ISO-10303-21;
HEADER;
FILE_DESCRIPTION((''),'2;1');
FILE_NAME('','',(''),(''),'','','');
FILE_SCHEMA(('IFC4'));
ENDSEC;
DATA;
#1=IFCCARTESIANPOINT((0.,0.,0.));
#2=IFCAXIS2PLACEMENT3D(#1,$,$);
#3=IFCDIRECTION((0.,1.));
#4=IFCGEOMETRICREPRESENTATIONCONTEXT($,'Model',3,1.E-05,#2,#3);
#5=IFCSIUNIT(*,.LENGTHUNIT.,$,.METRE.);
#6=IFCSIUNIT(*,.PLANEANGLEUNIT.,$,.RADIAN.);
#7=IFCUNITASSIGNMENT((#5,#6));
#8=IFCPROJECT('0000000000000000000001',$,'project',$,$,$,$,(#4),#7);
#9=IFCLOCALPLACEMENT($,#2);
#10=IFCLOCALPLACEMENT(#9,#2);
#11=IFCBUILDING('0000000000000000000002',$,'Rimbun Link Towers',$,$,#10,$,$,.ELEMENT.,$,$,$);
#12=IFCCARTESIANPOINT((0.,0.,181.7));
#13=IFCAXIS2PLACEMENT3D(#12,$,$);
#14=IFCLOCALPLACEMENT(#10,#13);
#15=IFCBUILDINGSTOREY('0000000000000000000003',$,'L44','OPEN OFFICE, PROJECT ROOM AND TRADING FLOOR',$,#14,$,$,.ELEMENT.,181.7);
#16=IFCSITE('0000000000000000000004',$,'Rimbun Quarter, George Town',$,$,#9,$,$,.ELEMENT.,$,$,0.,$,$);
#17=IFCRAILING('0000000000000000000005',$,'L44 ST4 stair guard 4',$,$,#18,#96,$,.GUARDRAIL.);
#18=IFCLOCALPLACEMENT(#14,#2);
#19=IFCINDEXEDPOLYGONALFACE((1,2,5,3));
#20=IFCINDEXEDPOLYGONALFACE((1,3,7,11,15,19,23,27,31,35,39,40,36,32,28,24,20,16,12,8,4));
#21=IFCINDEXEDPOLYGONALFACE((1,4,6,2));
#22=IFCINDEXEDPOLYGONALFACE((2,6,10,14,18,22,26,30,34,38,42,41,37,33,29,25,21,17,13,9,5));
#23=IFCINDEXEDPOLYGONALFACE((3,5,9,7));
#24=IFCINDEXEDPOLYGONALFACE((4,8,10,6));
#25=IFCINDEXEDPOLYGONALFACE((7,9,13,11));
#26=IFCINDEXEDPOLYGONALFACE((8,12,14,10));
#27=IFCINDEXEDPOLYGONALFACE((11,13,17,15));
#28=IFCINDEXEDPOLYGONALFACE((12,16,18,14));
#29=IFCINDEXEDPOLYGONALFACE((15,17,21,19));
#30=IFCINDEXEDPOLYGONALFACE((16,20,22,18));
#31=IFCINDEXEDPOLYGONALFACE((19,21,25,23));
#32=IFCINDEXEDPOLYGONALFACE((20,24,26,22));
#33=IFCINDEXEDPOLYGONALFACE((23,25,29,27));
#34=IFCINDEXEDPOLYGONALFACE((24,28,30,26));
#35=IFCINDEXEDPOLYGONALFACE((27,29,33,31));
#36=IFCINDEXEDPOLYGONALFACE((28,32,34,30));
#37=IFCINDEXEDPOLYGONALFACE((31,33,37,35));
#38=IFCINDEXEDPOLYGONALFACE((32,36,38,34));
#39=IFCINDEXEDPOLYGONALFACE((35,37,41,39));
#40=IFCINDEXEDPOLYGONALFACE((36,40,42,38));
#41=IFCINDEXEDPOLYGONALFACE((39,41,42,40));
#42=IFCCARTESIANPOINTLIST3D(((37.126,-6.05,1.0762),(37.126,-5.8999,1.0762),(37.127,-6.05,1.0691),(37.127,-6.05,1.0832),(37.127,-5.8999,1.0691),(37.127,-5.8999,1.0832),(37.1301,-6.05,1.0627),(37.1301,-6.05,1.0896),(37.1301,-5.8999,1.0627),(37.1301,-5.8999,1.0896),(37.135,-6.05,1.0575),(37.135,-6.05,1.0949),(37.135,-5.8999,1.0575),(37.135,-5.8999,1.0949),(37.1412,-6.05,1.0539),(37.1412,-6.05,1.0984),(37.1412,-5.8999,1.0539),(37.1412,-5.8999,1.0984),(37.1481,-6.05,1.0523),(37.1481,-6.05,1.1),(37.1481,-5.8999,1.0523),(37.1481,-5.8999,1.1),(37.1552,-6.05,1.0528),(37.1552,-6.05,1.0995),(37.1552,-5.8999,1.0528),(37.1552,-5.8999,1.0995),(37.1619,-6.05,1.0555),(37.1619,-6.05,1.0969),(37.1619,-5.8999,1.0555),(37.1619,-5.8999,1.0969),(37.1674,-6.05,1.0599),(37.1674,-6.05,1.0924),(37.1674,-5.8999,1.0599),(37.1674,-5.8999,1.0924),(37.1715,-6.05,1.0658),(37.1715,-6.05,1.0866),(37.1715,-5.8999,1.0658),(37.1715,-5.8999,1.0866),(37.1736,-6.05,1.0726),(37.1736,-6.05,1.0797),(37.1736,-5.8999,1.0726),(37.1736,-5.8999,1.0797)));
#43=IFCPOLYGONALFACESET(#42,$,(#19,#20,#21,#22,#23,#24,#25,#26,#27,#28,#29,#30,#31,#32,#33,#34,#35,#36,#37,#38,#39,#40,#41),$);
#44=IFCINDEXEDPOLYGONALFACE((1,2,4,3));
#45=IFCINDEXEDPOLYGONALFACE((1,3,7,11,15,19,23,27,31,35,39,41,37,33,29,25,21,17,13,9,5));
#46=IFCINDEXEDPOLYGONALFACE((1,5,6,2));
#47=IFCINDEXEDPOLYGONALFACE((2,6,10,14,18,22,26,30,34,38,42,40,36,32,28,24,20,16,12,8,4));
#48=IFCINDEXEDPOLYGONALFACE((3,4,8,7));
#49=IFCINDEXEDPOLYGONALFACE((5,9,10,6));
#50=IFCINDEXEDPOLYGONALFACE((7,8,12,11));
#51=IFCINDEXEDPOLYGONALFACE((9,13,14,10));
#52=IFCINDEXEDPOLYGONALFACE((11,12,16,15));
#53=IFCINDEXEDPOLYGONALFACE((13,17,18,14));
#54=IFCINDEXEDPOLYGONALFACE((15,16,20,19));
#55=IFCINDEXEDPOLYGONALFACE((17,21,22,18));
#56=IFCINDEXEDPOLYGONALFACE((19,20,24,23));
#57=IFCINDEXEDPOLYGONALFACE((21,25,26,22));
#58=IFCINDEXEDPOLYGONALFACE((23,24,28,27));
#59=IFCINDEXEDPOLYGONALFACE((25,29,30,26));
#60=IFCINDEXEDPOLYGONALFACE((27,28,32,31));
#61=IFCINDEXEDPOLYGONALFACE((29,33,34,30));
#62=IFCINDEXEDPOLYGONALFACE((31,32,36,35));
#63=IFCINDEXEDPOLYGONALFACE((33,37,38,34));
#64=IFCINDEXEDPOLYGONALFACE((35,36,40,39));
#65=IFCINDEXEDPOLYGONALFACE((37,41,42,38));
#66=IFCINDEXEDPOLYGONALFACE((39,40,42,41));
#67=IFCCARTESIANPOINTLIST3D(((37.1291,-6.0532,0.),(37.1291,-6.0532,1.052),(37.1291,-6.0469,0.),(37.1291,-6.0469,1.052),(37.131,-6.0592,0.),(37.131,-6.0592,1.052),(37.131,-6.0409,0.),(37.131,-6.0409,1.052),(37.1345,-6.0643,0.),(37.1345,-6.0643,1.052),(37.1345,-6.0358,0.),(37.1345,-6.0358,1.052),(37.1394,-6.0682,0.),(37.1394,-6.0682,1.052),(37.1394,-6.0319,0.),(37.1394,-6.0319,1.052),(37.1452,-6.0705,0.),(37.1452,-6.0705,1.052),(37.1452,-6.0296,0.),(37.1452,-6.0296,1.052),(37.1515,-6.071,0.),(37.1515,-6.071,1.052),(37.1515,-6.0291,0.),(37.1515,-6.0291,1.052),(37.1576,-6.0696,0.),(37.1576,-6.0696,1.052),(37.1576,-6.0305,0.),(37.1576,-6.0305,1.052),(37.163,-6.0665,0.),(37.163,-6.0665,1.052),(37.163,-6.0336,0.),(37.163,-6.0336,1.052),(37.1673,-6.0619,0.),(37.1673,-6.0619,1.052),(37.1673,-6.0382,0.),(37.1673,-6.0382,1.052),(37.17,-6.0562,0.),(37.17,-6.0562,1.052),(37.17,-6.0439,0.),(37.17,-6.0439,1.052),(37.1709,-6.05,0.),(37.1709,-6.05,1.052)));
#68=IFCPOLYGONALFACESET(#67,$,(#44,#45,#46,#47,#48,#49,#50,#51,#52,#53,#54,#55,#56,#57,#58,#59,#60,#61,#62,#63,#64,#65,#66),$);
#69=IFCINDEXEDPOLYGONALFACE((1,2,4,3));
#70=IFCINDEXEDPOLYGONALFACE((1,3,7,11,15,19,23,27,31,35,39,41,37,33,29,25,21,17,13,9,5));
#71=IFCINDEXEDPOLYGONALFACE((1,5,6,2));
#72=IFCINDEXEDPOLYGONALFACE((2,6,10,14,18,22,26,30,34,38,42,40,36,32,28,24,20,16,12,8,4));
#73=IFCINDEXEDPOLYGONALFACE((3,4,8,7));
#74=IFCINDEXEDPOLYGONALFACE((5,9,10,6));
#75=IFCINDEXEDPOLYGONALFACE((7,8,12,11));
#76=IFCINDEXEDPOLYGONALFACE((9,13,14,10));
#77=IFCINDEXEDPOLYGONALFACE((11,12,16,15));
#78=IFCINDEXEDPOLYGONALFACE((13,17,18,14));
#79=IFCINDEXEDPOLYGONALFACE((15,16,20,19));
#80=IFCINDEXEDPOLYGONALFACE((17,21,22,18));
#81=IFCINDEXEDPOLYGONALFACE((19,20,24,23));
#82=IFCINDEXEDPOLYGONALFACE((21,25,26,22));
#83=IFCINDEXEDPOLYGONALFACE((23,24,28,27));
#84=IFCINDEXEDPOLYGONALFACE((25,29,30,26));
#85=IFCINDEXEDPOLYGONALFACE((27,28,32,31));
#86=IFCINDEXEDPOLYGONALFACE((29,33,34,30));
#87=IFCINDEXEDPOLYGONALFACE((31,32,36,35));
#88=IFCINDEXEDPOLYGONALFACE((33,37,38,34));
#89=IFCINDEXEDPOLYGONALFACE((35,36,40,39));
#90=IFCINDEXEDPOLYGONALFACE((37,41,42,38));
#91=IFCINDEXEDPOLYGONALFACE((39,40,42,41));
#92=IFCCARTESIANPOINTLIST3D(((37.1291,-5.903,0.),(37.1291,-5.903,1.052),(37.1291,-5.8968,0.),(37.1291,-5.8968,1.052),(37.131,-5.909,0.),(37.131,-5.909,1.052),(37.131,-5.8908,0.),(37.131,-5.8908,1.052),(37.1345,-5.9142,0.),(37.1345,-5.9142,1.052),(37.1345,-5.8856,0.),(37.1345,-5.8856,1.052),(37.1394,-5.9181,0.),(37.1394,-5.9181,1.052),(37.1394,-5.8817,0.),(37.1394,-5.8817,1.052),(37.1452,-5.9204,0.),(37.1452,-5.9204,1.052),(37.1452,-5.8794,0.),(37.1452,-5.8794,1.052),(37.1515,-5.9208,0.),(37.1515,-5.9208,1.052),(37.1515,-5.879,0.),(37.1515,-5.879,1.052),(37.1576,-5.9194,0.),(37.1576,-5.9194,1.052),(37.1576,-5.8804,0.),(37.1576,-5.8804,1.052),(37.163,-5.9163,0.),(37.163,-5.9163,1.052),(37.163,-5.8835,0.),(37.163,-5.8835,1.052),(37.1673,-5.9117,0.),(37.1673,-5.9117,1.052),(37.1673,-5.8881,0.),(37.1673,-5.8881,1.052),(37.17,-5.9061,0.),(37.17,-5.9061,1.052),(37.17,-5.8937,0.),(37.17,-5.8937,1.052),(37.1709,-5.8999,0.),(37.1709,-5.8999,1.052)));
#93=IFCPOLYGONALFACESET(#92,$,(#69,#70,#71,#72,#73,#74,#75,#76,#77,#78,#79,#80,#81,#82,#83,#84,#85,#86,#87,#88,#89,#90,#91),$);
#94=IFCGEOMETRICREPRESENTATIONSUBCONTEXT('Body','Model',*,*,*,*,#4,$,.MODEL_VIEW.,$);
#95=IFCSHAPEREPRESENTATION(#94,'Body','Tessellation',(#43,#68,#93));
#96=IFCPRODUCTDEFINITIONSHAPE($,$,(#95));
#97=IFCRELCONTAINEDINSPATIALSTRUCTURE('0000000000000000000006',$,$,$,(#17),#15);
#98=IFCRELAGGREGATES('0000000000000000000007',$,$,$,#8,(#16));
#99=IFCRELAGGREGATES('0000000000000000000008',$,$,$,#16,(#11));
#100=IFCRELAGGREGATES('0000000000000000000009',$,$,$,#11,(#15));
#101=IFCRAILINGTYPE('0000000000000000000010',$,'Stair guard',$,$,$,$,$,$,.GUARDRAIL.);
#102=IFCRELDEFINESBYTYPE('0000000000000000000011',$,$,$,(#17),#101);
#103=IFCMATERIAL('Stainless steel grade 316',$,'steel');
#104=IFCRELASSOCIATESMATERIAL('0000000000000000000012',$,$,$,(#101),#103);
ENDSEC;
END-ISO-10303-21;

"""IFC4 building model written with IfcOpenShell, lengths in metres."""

from ifc_helpers import new_model, si_unit, direction, frame, origin, origin_2d, place, context, subcontext, project, spatial, circle, extrude, material, type_object, element, save


model = new_model("IFC4")

# Units and contexts
model_context = context("Model", 3, precision=1e-05, world=origin(), true_north=direction((0.0, 1.0)))
body_context = subcontext(model_context, "Body", "Model", "MODEL_VIEW")
ifc_project = project(units=[si_unit("LENGTHUNIT", "METRE"), si_unit("PLANEANGLEUNIT", "RADIAN")], contexts=[model_context])

# Site, building, storey
site_placement = place(None, origin())
site = spatial("IfcSite", under=ifc_project, at=site_placement, Name="Rimbun Quarter, George Town", CompositionType="ELEMENT", RefElevation=0.0)
building_placement = place(site_placement, origin())
building = spatial("IfcBuilding", under=site, at=building_placement, Name="Rimbun Link Towers", CompositionType="ELEMENT")
storey_placement = place(building_placement, frame((0.0, 0.0, 181.7)))
storey = spatial("IfcBuildingStorey", under=building, at=storey_placement, Name="L44", Description="OPEN OFFICE, PROJECT ROOM AND TRADING FLOOR", CompositionType="ELEMENT", Elevation=181.7)

# Railing
ifc_material_1 = material(Name="Stainless steel grade 316", Category="steel")
railing_type_1 = type_object("IfcRailingType", Name="Stair guard", PredefinedType="GUARDRAIL", material=ifc_material_1)
railing_1_placement = place(storey_placement, frame((37.1499, -6.05, 0.0)))
element("IfcRailing", 1, at=railing_1_placement, inside=storey, type_object=railing_type_1, Name="L44 ST4 stair guard 4", PredefinedType="GUARDRAIL", context=body_context, shape_type="SweptSolid", body=[
    extrude(circle(Radius=0.0239, at=origin_2d()), frame((0.0, 0.0, 1.0762), z_axis=(0.0, 1.0, 0.0), x_axis=(-1.0, 0.0, 0.0)), (0.0, 0.0, 1.0), 0.1501),
    extrude(circle(Radius=0.021, at=origin_2d()), origin(), (0.0, 0.0, 1.0), 1.052),
    extrude(circle(Radius=0.021, at=origin_2d()), frame((0.0, 0.1501, 0.0)), (0.0, 0.0, 1.0), 1.052),
])

save(model, "model.ifc")
